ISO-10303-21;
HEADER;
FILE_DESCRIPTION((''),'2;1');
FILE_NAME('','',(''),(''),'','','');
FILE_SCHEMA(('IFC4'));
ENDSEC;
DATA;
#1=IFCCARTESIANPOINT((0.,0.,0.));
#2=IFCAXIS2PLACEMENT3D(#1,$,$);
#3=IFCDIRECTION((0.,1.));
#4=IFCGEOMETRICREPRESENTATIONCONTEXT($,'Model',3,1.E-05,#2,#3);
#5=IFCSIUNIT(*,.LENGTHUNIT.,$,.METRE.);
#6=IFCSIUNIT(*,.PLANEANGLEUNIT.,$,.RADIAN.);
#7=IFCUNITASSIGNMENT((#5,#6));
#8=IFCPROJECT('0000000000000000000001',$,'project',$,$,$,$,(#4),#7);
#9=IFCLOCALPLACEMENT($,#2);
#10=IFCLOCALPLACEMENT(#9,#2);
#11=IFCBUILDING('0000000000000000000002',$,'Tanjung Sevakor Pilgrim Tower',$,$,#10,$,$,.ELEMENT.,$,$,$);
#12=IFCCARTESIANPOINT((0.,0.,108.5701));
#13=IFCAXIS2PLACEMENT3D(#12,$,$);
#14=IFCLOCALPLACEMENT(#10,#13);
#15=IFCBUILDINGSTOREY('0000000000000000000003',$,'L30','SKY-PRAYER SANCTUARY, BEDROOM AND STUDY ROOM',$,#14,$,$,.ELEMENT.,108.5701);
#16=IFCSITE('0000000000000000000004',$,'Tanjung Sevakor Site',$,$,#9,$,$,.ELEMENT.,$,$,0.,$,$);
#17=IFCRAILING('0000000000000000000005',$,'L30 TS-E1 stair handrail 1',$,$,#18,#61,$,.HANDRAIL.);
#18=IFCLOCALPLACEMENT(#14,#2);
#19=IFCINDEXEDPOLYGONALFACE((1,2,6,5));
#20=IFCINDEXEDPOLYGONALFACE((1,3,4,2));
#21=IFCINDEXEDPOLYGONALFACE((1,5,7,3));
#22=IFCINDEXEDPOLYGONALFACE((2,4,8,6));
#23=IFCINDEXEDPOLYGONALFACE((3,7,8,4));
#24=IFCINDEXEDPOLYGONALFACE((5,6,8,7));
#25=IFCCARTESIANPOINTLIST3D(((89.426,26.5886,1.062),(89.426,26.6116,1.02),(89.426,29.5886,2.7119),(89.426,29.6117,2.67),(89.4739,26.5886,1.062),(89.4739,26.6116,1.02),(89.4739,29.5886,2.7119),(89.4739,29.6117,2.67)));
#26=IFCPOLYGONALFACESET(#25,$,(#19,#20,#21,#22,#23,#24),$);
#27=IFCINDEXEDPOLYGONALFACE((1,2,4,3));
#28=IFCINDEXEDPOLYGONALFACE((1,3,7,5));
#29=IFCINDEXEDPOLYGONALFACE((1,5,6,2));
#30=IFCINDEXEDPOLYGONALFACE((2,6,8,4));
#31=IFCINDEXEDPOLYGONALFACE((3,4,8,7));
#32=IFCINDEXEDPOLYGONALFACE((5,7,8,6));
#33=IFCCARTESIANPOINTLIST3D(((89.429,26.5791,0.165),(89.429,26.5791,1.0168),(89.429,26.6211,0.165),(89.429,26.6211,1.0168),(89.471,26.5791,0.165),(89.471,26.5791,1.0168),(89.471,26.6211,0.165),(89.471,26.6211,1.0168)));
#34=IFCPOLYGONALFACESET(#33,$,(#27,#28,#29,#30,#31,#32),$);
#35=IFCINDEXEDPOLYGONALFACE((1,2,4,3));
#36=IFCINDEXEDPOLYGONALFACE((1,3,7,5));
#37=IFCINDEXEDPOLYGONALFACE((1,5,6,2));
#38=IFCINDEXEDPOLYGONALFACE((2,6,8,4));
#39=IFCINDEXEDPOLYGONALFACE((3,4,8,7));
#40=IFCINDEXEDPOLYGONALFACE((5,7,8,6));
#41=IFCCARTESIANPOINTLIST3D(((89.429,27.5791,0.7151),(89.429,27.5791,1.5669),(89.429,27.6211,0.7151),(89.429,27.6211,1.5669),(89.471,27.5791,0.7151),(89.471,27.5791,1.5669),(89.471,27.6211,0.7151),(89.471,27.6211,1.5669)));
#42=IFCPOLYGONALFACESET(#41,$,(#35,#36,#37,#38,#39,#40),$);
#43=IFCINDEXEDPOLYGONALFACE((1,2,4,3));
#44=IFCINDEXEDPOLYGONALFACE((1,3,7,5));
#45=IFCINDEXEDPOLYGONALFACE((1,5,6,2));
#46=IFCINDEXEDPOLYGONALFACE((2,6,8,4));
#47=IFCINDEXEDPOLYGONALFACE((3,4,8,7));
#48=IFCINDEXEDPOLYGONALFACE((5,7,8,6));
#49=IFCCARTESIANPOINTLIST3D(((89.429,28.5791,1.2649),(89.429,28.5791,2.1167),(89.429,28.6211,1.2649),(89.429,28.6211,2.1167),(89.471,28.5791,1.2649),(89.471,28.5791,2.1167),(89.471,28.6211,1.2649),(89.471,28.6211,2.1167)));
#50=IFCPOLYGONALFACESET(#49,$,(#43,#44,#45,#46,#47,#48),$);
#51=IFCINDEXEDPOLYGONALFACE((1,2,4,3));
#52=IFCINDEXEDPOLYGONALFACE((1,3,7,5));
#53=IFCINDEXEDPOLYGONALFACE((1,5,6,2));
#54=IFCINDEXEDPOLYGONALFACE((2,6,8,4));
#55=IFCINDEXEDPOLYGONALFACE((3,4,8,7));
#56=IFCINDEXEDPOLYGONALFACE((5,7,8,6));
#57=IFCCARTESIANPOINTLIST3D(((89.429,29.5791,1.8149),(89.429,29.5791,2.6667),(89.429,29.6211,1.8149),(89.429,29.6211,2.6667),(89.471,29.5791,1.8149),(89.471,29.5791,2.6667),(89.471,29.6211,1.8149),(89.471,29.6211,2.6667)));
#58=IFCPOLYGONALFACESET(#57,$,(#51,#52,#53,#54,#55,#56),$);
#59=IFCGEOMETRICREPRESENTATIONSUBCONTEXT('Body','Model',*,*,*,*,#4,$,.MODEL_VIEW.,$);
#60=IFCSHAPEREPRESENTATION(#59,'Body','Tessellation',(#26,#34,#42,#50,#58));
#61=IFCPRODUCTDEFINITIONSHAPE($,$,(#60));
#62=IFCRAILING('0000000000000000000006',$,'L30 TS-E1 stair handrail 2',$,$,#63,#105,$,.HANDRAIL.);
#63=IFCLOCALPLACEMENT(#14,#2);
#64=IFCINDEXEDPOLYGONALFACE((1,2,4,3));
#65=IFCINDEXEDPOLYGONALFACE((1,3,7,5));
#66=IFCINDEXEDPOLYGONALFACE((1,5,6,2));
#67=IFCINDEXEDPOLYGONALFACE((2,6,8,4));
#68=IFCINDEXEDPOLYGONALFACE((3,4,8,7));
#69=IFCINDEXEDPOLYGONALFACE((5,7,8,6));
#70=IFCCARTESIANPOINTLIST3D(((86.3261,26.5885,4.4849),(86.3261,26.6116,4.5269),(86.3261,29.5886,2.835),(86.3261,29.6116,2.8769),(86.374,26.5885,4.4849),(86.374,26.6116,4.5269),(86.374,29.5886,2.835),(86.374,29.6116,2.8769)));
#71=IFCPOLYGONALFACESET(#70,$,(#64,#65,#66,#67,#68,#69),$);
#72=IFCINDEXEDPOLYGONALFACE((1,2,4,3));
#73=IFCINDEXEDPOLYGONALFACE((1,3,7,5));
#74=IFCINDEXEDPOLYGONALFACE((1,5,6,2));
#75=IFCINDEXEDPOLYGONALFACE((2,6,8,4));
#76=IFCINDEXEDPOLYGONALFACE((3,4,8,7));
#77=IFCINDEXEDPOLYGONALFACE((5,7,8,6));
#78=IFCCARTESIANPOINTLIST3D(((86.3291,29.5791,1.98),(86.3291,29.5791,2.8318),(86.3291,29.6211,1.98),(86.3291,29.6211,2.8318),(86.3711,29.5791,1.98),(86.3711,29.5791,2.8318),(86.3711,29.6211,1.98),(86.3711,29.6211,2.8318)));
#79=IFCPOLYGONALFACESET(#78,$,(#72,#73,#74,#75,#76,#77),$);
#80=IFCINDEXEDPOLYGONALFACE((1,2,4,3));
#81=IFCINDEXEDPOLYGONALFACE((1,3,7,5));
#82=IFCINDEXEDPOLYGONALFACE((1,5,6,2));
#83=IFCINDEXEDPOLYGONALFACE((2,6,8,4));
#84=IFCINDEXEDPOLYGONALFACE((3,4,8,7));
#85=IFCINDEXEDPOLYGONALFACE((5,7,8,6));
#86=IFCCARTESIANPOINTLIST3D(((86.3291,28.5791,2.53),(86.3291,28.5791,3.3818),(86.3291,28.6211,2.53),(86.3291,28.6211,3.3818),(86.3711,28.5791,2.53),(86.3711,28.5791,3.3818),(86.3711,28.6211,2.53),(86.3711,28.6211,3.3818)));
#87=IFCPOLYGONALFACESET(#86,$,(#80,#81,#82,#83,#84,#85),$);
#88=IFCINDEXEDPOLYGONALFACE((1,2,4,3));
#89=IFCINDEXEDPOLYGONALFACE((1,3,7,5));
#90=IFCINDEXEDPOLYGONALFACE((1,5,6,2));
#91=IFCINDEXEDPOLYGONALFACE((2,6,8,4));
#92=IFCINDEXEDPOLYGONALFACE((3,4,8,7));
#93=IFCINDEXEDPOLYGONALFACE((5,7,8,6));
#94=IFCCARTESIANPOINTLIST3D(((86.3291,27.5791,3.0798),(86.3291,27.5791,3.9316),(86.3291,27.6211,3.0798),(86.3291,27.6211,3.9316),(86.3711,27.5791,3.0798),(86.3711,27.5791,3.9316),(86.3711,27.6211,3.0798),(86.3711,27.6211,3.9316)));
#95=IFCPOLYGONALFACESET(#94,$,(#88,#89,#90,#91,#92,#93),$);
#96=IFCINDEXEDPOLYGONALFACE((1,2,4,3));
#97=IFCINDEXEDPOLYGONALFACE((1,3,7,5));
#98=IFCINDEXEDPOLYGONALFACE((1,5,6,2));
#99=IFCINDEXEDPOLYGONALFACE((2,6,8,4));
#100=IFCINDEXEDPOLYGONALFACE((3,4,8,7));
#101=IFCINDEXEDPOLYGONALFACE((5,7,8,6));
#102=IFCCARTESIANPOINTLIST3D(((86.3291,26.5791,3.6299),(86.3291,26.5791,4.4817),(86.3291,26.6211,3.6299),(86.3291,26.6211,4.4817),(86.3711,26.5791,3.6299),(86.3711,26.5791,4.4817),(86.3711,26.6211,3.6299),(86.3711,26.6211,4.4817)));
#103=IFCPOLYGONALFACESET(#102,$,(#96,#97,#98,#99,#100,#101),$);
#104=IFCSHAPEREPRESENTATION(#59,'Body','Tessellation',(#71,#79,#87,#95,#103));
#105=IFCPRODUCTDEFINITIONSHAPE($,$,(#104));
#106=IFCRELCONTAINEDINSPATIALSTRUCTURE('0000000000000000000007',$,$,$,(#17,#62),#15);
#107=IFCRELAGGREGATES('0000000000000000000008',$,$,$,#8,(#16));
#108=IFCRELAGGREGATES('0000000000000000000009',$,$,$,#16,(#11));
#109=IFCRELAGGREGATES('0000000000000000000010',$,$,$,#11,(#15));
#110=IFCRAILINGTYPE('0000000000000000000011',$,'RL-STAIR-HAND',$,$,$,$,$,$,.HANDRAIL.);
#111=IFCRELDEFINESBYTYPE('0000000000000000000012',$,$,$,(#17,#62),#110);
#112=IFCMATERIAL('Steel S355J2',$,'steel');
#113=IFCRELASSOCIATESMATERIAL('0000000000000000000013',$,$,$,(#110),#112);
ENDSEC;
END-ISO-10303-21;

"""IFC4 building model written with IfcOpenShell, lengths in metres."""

from ifc_helpers import new_model, si_unit, direction, frame, origin, place, context, subcontext, project, spatial, rectangle, extrude, material, type_object, element, save


model = new_model("IFC4")

# Units and contexts
model_context = context("Model", 3, precision=1e-05, world=origin(), true_north=direction((0.0, 1.0)))
body_context = subcontext(model_context, "Body", "Model", "MODEL_VIEW")
ifc_project = project(units=[si_unit("LENGTHUNIT", "METRE"), si_unit("PLANEANGLEUNIT", "RADIAN")], contexts=[model_context])

# Site, building, storey
site_placement = place(None, origin())
site = spatial("IfcSite", under=ifc_project, at=site_placement, Name="Tanjung Sevakor Site", CompositionType="ELEMENT", RefElevation=0.0)
building_placement = place(site_placement, origin())
building = spatial("IfcBuilding", under=site, at=building_placement, Name="Tanjung Sevakor Pilgrim Tower", CompositionType="ELEMENT")
storey_placement = place(building_placement, frame((0.0, 0.0, 108.5701)))
storey = spatial("IfcBuildingStorey", under=building, at=storey_placement, Name="L30", Description="SKY-PRAYER SANCTUARY, BEDROOM AND STUDY ROOM", CompositionType="ELEMENT", Elevation=108.5701)

# Railings
ifc_material_1 = material(Name="Steel S355J2", Category="steel")
railing_type_1 = type_object("IfcRailingType", Name="RL-STAIR-HAND", PredefinedType="HANDRAIL", material=ifc_material_1)
railing_1_placement = place(storey_placement, frame((89.45, 26.6001, 0.165)))
element("IfcRailing", 1, at=railing_1_placement, inside=storey, type_object=railing_type_1, Name="L30 TS-E1 stair handrail 1", PredefinedType="HANDRAIL", context=body_context, shape_type="SweptSolid", body=[
    extrude(rectangle(XDim=0.0479, YDim=0.0479), frame((0.0, 0.0, 0.876), z_axis=(0.0, 0.876228, 0.481897), x_axis=(-1.0, 0.0, 0.0)), (0.0, 0.0, 1.0), 3.4238),
    extrude(rectangle(XDim=0.042, YDim=0.042), origin(), (0.0, 0.0, 1.0), 0.8518),
    extrude(rectangle(XDim=0.042, YDim=0.042), frame((0.0, 1.0, 0.55)), (0.0, 0.0, 1.0), 0.8518),
    extrude(rectangle(XDim=0.042, YDim=0.042), frame((0.0, 2.0, 1.0999)), (0.0, 0.0, 1.0), 0.8518),
    extrude(rectangle(XDim=0.042, YDim=0.042), frame((0.0, 3.0, 1.6499)), (0.0, 0.0, 1.0), 0.8518),
])
railing_2_placement = place(storey_placement, frame((86.3501, 29.6001, 1.98)))
element("IfcRailing", 2, at=railing_2_placement, inside=storey, type_object=railing_type_1, Name="L30 TS-E1 stair handrail 2", PredefinedType="HANDRAIL", context=body_context, shape_type="SweptSolid", body=[
    extrude(rectangle(XDim=0.0479, YDim=0.0479), frame((0.0, 0.0, 0.876), z_axis=(0.0, -0.876228, 0.481897), x_axis=(1.0, 0.0, 0.0)), (0.0, 0.0, 1.0), 3.4238),
    extrude(rectangle(XDim=0.042, YDim=0.042), origin(), (0.0, 0.0, 1.0), 0.8518),
    extrude(rectangle(XDim=0.042, YDim=0.042), frame((0.0, -1.0, 0.55)), (0.0, 0.0, 1.0), 0.8518),
    extrude(rectangle(XDim=0.042, YDim=0.042), frame((0.0, -2.0, 1.0999)), (0.0, 0.0, 1.0), 0.8518),
    extrude(rectangle(XDim=0.042, YDim=0.042), frame((0.0, -3.0, 1.6499)), (0.0, 0.0, 1.0), 0.8518),
])

save(model, "model.ifc")
